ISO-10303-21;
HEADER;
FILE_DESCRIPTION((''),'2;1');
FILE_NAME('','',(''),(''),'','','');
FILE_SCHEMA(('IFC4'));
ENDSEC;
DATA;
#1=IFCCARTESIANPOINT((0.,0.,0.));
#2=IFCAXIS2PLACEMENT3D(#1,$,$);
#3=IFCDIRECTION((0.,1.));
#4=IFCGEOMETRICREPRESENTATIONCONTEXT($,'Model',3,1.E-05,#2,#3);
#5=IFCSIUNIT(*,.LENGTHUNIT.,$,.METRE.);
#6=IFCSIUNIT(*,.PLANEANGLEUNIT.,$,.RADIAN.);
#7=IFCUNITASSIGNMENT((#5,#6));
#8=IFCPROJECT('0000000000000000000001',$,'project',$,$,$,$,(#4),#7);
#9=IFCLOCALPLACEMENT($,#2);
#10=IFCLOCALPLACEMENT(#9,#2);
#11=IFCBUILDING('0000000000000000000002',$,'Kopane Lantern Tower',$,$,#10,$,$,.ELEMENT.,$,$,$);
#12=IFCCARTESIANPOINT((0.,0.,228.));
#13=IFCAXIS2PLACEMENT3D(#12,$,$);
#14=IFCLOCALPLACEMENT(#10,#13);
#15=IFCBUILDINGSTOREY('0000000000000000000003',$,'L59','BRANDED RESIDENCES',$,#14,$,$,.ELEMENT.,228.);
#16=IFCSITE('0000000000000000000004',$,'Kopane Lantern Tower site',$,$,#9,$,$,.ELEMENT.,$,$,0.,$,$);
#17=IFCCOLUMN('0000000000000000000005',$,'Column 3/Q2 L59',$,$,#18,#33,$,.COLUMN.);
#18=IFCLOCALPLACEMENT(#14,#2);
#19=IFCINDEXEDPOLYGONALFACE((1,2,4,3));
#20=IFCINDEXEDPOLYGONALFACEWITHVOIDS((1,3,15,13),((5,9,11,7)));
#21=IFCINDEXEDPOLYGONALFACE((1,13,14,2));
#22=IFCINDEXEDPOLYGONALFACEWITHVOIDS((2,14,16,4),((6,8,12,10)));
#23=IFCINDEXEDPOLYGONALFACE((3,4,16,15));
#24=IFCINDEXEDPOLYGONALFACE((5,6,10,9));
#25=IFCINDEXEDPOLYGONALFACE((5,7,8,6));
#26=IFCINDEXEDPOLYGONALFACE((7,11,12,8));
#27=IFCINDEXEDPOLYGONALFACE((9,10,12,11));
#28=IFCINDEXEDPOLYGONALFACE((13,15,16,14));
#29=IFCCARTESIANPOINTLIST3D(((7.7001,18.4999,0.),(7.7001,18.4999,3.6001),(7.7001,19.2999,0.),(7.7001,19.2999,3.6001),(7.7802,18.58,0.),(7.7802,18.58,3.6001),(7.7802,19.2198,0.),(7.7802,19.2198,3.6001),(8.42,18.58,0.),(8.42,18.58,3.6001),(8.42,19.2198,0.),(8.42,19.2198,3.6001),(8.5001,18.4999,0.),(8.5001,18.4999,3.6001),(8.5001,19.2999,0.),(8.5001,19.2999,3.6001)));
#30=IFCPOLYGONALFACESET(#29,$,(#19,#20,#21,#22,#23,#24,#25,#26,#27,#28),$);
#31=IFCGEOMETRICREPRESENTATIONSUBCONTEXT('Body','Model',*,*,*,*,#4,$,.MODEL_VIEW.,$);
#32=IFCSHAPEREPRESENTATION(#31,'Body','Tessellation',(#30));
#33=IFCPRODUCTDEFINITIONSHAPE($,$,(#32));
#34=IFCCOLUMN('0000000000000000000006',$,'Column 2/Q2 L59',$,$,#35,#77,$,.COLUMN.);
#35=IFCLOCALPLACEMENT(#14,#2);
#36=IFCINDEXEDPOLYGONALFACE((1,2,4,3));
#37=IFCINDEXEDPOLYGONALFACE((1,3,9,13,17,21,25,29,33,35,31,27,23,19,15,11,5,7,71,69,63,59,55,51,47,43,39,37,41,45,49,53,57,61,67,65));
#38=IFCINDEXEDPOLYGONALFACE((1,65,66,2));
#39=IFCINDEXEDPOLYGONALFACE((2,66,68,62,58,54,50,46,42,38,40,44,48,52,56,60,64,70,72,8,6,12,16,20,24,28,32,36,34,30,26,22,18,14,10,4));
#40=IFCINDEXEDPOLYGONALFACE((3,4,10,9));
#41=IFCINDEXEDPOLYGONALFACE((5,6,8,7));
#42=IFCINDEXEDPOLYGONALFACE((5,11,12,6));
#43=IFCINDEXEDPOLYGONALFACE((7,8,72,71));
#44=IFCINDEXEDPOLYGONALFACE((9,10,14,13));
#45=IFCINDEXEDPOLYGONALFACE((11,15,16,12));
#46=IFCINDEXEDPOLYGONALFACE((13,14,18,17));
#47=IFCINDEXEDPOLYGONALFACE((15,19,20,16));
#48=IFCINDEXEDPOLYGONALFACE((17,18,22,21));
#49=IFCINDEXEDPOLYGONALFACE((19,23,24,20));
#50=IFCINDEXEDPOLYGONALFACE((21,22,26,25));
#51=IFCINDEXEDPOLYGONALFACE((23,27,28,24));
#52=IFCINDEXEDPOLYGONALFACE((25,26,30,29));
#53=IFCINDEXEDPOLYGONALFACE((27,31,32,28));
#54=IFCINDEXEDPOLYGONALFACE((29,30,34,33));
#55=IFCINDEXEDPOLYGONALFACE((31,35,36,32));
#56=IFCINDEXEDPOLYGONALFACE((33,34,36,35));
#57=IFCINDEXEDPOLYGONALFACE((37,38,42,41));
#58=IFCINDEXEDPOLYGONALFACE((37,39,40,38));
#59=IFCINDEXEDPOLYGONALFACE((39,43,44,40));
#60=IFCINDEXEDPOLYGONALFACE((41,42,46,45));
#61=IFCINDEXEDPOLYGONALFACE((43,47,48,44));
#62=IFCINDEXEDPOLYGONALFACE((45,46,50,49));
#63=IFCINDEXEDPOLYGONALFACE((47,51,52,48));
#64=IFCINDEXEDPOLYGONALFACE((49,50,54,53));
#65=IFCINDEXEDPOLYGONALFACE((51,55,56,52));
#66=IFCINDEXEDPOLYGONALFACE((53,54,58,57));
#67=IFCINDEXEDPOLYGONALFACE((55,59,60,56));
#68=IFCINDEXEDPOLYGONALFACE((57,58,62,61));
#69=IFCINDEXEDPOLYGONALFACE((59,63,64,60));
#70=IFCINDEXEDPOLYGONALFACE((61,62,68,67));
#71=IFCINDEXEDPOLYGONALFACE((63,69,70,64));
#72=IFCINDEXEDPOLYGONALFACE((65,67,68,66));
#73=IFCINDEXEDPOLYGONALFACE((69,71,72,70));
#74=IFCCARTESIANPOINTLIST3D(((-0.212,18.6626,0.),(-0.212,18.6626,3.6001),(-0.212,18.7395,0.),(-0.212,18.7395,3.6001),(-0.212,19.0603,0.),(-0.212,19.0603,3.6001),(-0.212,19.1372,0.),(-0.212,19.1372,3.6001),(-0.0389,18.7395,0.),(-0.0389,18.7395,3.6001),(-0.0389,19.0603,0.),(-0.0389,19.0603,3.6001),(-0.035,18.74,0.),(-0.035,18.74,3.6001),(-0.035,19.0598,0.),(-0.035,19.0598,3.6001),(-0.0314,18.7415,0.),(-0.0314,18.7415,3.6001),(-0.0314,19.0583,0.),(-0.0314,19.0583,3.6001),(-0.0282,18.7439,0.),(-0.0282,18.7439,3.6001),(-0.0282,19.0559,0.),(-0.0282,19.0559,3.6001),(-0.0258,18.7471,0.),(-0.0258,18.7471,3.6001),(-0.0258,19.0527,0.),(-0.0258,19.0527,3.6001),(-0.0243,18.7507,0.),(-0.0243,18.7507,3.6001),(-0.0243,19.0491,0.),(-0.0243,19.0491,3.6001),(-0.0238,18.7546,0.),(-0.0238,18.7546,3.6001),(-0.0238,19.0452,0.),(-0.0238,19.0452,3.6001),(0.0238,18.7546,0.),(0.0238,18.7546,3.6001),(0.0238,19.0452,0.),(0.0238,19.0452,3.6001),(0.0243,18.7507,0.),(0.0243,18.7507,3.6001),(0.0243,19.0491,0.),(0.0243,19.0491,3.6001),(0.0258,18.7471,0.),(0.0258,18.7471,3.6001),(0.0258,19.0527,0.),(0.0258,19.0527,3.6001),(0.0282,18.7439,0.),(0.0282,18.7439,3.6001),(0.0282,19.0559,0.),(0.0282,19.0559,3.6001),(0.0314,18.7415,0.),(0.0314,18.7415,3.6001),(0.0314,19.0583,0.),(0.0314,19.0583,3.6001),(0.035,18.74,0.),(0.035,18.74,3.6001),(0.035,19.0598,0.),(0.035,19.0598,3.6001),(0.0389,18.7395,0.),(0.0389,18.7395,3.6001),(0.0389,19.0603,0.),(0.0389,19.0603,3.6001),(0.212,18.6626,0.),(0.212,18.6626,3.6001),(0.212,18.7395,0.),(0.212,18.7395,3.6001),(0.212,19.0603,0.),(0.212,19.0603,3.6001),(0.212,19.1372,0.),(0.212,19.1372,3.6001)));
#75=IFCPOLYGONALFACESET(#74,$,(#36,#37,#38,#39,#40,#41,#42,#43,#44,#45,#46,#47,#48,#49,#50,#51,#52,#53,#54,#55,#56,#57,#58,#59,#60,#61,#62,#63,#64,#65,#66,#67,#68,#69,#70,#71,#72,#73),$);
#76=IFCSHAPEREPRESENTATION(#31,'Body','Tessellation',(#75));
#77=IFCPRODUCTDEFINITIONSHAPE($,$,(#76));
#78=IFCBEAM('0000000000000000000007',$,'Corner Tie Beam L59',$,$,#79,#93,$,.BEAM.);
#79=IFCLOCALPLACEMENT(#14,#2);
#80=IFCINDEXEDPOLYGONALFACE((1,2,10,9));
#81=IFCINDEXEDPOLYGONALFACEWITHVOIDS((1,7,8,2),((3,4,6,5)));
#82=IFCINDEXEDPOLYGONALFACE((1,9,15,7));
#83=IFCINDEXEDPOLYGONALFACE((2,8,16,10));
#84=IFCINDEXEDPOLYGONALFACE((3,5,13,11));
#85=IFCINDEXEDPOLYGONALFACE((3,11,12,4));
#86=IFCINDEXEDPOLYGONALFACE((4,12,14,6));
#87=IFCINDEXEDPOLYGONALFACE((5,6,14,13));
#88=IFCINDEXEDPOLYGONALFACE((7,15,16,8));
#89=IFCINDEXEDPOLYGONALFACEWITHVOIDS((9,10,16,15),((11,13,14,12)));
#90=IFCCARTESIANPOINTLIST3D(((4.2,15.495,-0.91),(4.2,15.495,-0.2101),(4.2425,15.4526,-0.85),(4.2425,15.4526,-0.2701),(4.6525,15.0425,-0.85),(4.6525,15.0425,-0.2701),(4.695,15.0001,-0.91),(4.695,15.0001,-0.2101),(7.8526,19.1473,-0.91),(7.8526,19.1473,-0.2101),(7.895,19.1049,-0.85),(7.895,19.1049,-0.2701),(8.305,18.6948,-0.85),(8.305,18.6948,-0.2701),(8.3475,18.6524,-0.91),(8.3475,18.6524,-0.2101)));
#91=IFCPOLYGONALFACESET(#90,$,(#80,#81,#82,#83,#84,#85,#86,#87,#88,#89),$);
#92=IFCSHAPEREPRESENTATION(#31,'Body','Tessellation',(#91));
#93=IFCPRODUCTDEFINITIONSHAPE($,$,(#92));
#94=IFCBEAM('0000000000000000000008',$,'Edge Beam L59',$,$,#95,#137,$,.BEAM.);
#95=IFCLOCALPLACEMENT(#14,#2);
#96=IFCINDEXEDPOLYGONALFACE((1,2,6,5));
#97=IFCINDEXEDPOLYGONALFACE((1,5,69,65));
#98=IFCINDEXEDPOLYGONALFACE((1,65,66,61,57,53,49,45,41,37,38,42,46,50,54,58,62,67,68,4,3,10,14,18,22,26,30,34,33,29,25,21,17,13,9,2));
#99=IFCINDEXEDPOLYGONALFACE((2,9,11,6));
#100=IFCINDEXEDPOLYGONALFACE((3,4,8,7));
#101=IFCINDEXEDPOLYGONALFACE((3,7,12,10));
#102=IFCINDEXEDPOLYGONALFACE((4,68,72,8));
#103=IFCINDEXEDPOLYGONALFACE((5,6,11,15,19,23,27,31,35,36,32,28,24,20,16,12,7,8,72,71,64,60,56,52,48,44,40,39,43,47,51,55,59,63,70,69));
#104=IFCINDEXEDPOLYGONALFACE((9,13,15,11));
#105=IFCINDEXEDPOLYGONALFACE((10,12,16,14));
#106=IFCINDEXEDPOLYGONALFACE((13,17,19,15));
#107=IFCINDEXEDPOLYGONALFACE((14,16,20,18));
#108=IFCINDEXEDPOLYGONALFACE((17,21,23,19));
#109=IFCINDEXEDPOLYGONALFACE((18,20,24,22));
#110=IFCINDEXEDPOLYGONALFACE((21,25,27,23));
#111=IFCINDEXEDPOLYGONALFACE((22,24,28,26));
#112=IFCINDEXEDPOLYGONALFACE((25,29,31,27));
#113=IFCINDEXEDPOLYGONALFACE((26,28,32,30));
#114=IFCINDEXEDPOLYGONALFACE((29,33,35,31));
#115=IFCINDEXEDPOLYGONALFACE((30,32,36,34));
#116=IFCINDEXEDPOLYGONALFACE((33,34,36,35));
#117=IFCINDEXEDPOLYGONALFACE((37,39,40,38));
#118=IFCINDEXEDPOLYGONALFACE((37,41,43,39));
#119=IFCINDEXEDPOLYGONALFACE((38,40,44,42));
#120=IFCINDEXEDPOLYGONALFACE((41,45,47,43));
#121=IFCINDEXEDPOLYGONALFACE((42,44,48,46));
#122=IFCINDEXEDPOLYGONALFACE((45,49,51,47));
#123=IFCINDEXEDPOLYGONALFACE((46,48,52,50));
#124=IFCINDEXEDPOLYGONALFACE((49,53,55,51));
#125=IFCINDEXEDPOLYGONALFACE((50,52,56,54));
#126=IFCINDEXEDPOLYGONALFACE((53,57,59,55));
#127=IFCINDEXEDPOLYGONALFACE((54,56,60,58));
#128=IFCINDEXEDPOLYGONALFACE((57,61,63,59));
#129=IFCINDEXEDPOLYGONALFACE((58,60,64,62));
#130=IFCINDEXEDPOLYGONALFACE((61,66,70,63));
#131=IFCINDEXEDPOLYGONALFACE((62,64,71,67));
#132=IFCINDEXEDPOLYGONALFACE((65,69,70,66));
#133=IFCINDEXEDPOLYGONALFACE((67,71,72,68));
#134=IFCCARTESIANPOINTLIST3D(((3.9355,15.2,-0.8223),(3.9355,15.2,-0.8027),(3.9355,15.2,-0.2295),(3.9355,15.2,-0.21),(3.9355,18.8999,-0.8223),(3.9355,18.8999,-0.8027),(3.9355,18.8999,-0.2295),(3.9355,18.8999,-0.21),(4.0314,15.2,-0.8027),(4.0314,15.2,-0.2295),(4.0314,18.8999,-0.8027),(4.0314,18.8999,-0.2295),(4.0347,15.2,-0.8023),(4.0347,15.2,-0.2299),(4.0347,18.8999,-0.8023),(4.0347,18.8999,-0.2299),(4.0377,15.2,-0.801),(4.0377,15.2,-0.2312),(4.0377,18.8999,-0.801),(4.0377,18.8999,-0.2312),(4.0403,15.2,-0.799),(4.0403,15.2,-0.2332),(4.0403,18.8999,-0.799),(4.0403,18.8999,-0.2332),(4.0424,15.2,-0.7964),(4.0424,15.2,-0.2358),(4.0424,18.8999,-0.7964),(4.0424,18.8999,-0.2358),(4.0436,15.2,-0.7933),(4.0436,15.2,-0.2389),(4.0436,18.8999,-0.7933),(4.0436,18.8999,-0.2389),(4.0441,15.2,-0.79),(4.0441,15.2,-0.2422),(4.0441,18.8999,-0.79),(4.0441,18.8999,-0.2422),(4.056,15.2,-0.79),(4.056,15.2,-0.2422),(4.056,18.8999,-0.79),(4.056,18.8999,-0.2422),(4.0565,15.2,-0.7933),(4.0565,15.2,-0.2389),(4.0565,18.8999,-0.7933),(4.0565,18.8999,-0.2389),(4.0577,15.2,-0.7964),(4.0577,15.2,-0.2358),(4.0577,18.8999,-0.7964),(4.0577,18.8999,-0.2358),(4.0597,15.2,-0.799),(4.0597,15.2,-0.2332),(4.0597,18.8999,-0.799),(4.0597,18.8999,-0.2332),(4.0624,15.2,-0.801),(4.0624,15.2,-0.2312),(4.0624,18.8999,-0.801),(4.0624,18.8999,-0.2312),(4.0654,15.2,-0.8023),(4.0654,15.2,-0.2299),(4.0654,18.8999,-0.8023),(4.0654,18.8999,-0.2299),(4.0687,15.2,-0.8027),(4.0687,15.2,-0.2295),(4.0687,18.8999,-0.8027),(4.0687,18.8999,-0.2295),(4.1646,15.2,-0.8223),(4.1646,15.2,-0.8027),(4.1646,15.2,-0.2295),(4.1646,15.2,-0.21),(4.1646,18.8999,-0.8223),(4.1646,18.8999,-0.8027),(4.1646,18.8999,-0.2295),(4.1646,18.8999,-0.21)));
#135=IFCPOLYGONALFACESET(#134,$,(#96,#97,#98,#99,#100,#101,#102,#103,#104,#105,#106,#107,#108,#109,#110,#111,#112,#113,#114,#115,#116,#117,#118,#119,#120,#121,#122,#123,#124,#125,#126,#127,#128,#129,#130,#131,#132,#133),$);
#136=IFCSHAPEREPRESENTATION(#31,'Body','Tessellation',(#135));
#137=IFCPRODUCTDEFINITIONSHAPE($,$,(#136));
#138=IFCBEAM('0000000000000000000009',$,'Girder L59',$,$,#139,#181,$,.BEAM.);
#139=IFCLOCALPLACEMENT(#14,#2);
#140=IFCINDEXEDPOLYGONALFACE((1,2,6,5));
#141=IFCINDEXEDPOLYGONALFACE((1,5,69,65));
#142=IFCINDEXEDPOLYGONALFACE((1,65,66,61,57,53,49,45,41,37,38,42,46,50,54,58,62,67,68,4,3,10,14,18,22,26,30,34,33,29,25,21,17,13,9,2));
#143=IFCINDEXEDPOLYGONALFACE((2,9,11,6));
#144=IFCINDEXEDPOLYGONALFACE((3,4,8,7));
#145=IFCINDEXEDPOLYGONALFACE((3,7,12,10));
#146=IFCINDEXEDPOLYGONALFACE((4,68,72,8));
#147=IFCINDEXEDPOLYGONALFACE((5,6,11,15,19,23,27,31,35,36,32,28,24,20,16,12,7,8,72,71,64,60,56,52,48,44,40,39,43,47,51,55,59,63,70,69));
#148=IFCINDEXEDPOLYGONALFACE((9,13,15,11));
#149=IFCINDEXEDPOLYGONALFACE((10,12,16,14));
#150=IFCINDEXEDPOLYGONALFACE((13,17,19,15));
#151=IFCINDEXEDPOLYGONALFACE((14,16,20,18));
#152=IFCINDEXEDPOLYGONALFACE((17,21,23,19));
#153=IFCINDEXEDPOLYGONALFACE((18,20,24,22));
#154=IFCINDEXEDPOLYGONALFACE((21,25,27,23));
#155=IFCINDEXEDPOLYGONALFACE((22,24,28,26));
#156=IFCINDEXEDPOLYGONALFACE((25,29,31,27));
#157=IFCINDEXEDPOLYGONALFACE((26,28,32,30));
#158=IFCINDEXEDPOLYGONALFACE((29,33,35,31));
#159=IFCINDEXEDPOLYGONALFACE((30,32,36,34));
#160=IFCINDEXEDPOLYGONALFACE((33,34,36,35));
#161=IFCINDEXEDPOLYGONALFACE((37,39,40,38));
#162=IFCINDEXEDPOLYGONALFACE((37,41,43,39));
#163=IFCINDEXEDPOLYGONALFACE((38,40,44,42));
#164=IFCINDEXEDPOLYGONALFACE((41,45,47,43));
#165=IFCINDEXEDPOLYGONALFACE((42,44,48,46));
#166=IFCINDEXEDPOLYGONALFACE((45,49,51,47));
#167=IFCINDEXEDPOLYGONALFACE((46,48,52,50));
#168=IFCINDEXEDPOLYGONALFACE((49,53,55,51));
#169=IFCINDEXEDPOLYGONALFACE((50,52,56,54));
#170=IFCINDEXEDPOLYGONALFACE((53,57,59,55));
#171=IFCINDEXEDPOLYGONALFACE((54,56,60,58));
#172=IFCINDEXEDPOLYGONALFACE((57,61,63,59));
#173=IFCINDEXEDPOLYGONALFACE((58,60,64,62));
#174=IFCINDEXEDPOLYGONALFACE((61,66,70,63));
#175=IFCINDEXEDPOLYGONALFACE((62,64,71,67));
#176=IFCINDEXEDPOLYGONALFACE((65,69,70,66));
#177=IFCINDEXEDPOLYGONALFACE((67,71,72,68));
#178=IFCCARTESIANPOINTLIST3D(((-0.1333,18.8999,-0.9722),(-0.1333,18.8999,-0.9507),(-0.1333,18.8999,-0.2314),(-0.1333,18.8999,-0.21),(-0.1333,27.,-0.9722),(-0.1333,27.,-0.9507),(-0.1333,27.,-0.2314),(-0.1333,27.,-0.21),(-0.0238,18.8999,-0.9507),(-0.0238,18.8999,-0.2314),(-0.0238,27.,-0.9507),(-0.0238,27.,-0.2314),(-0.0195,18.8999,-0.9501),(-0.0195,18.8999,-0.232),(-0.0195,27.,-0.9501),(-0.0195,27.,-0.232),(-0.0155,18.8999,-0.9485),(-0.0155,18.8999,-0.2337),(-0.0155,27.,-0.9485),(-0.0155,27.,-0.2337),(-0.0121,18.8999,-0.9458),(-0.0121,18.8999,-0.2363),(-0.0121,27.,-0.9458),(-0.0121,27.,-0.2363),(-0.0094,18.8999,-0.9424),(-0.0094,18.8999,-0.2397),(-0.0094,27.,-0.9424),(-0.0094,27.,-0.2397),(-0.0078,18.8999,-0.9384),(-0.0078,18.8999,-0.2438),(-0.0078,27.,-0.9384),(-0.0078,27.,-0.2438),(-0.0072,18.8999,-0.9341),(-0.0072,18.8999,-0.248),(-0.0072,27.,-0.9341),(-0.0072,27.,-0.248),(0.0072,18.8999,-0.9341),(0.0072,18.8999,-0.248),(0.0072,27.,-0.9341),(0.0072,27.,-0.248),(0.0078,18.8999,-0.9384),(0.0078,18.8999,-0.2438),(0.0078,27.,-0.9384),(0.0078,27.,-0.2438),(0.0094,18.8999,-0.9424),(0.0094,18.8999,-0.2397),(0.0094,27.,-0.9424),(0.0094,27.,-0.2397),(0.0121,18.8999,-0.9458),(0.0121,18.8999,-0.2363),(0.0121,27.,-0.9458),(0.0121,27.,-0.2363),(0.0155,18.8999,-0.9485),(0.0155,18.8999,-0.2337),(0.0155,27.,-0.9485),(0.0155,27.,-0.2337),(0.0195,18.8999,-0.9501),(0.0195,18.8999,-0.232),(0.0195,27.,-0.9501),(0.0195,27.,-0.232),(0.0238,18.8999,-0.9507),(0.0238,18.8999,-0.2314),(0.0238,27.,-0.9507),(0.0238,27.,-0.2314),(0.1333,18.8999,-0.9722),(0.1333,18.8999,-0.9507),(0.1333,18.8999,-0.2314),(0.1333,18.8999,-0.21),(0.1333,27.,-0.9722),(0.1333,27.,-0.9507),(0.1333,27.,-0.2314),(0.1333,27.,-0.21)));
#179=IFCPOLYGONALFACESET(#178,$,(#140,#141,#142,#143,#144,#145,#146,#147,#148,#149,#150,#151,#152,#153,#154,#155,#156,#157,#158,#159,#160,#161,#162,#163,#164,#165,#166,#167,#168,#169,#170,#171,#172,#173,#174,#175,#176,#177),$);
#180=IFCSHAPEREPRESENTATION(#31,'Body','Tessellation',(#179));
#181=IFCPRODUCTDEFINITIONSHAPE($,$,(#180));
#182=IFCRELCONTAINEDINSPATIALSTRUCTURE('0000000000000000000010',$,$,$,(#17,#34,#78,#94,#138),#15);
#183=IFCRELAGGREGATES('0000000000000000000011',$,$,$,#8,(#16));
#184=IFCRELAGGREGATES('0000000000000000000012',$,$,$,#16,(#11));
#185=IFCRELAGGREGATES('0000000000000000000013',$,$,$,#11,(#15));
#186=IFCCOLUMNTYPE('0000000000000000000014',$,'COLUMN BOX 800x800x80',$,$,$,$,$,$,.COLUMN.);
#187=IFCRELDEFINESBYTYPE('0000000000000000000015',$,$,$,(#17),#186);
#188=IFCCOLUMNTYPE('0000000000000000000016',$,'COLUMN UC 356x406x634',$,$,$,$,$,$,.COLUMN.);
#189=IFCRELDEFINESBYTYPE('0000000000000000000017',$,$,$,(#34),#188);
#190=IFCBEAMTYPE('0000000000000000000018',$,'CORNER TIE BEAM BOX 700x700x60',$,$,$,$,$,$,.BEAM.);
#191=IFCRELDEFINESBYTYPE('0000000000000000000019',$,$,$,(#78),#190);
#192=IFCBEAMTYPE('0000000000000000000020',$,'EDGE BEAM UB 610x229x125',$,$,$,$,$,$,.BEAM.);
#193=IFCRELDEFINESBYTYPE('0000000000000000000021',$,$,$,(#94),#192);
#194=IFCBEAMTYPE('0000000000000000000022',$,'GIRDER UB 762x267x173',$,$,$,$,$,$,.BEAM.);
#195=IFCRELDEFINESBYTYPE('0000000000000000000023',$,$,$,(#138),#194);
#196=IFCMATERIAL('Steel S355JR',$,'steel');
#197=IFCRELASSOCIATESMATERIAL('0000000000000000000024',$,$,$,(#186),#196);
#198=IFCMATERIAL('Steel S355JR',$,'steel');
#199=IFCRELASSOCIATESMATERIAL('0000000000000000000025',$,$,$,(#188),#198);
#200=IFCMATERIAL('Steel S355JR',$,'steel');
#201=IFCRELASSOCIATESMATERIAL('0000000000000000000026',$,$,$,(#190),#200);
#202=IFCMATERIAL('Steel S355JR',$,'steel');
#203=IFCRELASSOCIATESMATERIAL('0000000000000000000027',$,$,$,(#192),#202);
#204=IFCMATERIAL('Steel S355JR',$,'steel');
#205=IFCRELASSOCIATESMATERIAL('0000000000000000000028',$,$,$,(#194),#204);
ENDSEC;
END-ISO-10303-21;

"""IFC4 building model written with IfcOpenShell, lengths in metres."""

from ifc_helpers import new_model, si_unit, direction, frame, origin, origin_2d, place, context, subcontext, project, spatial, hollow_rectangle, i_section, extrude, material, material_profile, profile_set, type_object, element, save


model = new_model("IFC4")

# Units and contexts
model_context = context("Model", 3, precision=1e-05, world=origin(), true_north=direction((0.0, 1.0)))
body_context = subcontext(model_context, "Body", "Model", "MODEL_VIEW")
ifc_project = project(units=[si_unit("LENGTHUNIT", "METRE"), si_unit("PLANEANGLEUNIT", "RADIAN")], contexts=[model_context])

# Site, building, storey
site_placement = place(None, origin())
site = spatial("IfcSite", under=ifc_project, at=site_placement, Name="Kopane Lantern Tower site", CompositionType="ELEMENT", RefElevation=0.0)
building_placement = place(site_placement, origin())
building = spatial("IfcBuilding", under=site, at=building_placement, Name="Kopane Lantern Tower", CompositionType="ELEMENT")
storey_placement = place(building_placement, frame((0.0, 0.0, 228.0)))
storey = spatial("IfcBuildingStorey", under=building, at=storey_placement, Name="L59", Description="BRANDED RESIDENCES", CompositionType="ELEMENT", Elevation=228.0)

# Columns
ifc_material_1 = material(Name="Steel S355JR", Category="steel")
ifc_material_profile_1 = material_profile(ifc_material_1, hollow_rectangle(XDim=0.8, YDim=0.8, WallThickness=0.0801, at=origin_2d()), Name="BOX 800x800x80")
ifc_profile_set_1 = profile_set([ifc_material_profile_1], Name="Steel S355JR")
column_type_1 = type_object("IfcColumnType", Name="COLUMN BOX 800x800x80", PredefinedType="COLUMN", material=ifc_profile_set_1)
column_1_placement = place(storey_placement, frame((8.1001, 18.8999, 0.0), z_axis=(0.0, 0.0, 1.0), x_axis=(1.0, 0.0, 0.0)))
element("IfcColumn", 1, at=column_1_placement, inside=storey, type_object=column_type_1, Name="Column 3/Q2 L59", PredefinedType="COLUMN", context=body_context, shape_type="SweptSolid", body=[
    extrude(hollow_rectangle(XDim=0.8, YDim=0.8, WallThickness=0.0801, at=origin_2d()), origin(), (0.0, 0.0, 1.0), 3.6001),
])
ifc_material_2 = material(Name="Steel S355JR", Category="steel")
ifc_material_profile_2 = material_profile(ifc_material_2, i_section(OverallWidth=0.4241, OverallDepth=0.4746, WebThickness=0.0476, FlangeThickness=0.0769, FilletRadius=0.0151, at=origin_2d()), Name="UC 356x406x634")
ifc_profile_set_2 = profile_set([ifc_material_profile_2], Name="Steel S355JR")
column_type_2 = type_object("IfcColumnType", Name="COLUMN UC 356x406x634", PredefinedType="COLUMN", material=ifc_profile_set_2)
column_2_placement = place(storey_placement, frame((0.0, 18.8999, 0.0), z_axis=(0.0, 0.0, 1.0), x_axis=(1.0, 0.0, 0.0)))
element("IfcColumn", 2, at=column_2_placement, inside=storey, type_object=column_type_2, Name="Column 2/Q2 L59", PredefinedType="COLUMN", context=body_context, shape_type="SweptSolid", body=[
    extrude(i_section(OverallWidth=0.4241, OverallDepth=0.4746, WebThickness=0.0476, FlangeThickness=0.0769, FilletRadius=0.0151, at=origin_2d()), origin(), (0.0, 0.0, 1.0), 3.6001),
])

# Beams
ifc_material_3 = material(Name="Steel S355JR", Category="steel")
ifc_material_profile_3 = material_profile(ifc_material_3, hollow_rectangle(XDim=0.7, YDim=0.7, WallThickness=0.0601, at=origin_2d()), Name="BOX 700x700x60")
ifc_profile_set_3 = profile_set([ifc_material_profile_3], Name="Steel S355JR")
beam_type_1 = type_object("IfcBeamType", Name="CORNER TIE BEAM BOX 700x700x60", PredefinedType="BEAM", material=ifc_profile_set_3)
beam_1_placement = place(storey_placement, frame((4.4475, 15.2476, -0.5601), z_axis=(0.70713, 0.707083, 0.0), x_axis=(-0.707083, 0.70713, 0.0)))
element("IfcBeam", 3, at=beam_1_placement, inside=storey, type_object=beam_type_1, Name="Corner Tie Beam L59", PredefinedType="BEAM", context=body_context, shape_type="SweptSolid", body=[
    extrude(hollow_rectangle(XDim=0.7, YDim=0.7, WallThickness=0.0601, at=origin_2d()), origin(), (0.0, 0.0, 1.0), 5.1653),
])
ifc_material_4 = material(Name="Steel S355JR", Category="steel")
ifc_material_profile_4 = material_profile(ifc_material_4, i_section(OverallWidth=0.229, OverallDepth=0.6123, WebThickness=0.012, FlangeThickness=0.0195, FilletRadius=0.0127, at=origin_2d()), Name="UB 610x229x125")
ifc_profile_set_4 = profile_set([ifc_material_profile_4], Name="Steel S355JR")
beam_type_2 = type_object("IfcBeamType", Name="EDGE BEAM UB 610x229x125", PredefinedType="BEAM", material=ifc_profile_set_4)
beam_2_placement = place(storey_placement, frame((4.05, 15.2, -0.5161), z_axis=(0.0, 1.0, 0.0), x_axis=(-1.0, 0.0, 0.0)))
element("IfcBeam", 4, at=beam_2_placement, inside=storey, type_object=beam_type_2, Name="Edge Beam L59", PredefinedType="BEAM", context=body_context, shape_type="SweptSolid", body=[
    extrude(i_section(OverallWidth=0.229, OverallDepth=0.6123, WebThickness=0.012, FlangeThickness=0.0195, FilletRadius=0.0127, at=origin_2d()), origin(), (0.0, 0.0, 1.0), 3.7),
])
ifc_material_5 = material(Name="Steel S355JR", Category="steel")
ifc_material_profile_5 = material_profile(ifc_material_5, i_section(OverallWidth=0.2666, OverallDepth=0.7622, WebThickness=0.0144, FlangeThickness=0.0215, FilletRadius=0.0166, at=origin_2d()), Name="UB 762x267x173")
ifc_profile_set_5 = profile_set([ifc_material_profile_5], Name="Steel S355JR")
beam_type_3 = type_object("IfcBeamType", Name="GIRDER UB 762x267x173", PredefinedType="BEAM", material=ifc_profile_set_5)
for number, where, z_axis, x_axis, name in (
    (5, (0.0, 18.8999, -0.5911), (0.0, 1.0, 0.0), (-1.0, 0.0, 0.0), "Girder L59"),
):
    element("IfcBeam", number, at=place(storey_placement, frame(where, z_axis=z_axis, x_axis=x_axis)), inside=storey, type_object=beam_type_3, Name=name, PredefinedType="BEAM", context=body_context, shape_type="SweptSolid", body=[
        extrude(i_section(OverallWidth=0.2666, OverallDepth=0.7622, WebThickness=0.0144, FlangeThickness=0.0215, FilletRadius=0.0166, at=origin_2d()), origin(), (0.0, 0.0, 1.0), 8.1001),
    ])

save(model, "model.ifc")
